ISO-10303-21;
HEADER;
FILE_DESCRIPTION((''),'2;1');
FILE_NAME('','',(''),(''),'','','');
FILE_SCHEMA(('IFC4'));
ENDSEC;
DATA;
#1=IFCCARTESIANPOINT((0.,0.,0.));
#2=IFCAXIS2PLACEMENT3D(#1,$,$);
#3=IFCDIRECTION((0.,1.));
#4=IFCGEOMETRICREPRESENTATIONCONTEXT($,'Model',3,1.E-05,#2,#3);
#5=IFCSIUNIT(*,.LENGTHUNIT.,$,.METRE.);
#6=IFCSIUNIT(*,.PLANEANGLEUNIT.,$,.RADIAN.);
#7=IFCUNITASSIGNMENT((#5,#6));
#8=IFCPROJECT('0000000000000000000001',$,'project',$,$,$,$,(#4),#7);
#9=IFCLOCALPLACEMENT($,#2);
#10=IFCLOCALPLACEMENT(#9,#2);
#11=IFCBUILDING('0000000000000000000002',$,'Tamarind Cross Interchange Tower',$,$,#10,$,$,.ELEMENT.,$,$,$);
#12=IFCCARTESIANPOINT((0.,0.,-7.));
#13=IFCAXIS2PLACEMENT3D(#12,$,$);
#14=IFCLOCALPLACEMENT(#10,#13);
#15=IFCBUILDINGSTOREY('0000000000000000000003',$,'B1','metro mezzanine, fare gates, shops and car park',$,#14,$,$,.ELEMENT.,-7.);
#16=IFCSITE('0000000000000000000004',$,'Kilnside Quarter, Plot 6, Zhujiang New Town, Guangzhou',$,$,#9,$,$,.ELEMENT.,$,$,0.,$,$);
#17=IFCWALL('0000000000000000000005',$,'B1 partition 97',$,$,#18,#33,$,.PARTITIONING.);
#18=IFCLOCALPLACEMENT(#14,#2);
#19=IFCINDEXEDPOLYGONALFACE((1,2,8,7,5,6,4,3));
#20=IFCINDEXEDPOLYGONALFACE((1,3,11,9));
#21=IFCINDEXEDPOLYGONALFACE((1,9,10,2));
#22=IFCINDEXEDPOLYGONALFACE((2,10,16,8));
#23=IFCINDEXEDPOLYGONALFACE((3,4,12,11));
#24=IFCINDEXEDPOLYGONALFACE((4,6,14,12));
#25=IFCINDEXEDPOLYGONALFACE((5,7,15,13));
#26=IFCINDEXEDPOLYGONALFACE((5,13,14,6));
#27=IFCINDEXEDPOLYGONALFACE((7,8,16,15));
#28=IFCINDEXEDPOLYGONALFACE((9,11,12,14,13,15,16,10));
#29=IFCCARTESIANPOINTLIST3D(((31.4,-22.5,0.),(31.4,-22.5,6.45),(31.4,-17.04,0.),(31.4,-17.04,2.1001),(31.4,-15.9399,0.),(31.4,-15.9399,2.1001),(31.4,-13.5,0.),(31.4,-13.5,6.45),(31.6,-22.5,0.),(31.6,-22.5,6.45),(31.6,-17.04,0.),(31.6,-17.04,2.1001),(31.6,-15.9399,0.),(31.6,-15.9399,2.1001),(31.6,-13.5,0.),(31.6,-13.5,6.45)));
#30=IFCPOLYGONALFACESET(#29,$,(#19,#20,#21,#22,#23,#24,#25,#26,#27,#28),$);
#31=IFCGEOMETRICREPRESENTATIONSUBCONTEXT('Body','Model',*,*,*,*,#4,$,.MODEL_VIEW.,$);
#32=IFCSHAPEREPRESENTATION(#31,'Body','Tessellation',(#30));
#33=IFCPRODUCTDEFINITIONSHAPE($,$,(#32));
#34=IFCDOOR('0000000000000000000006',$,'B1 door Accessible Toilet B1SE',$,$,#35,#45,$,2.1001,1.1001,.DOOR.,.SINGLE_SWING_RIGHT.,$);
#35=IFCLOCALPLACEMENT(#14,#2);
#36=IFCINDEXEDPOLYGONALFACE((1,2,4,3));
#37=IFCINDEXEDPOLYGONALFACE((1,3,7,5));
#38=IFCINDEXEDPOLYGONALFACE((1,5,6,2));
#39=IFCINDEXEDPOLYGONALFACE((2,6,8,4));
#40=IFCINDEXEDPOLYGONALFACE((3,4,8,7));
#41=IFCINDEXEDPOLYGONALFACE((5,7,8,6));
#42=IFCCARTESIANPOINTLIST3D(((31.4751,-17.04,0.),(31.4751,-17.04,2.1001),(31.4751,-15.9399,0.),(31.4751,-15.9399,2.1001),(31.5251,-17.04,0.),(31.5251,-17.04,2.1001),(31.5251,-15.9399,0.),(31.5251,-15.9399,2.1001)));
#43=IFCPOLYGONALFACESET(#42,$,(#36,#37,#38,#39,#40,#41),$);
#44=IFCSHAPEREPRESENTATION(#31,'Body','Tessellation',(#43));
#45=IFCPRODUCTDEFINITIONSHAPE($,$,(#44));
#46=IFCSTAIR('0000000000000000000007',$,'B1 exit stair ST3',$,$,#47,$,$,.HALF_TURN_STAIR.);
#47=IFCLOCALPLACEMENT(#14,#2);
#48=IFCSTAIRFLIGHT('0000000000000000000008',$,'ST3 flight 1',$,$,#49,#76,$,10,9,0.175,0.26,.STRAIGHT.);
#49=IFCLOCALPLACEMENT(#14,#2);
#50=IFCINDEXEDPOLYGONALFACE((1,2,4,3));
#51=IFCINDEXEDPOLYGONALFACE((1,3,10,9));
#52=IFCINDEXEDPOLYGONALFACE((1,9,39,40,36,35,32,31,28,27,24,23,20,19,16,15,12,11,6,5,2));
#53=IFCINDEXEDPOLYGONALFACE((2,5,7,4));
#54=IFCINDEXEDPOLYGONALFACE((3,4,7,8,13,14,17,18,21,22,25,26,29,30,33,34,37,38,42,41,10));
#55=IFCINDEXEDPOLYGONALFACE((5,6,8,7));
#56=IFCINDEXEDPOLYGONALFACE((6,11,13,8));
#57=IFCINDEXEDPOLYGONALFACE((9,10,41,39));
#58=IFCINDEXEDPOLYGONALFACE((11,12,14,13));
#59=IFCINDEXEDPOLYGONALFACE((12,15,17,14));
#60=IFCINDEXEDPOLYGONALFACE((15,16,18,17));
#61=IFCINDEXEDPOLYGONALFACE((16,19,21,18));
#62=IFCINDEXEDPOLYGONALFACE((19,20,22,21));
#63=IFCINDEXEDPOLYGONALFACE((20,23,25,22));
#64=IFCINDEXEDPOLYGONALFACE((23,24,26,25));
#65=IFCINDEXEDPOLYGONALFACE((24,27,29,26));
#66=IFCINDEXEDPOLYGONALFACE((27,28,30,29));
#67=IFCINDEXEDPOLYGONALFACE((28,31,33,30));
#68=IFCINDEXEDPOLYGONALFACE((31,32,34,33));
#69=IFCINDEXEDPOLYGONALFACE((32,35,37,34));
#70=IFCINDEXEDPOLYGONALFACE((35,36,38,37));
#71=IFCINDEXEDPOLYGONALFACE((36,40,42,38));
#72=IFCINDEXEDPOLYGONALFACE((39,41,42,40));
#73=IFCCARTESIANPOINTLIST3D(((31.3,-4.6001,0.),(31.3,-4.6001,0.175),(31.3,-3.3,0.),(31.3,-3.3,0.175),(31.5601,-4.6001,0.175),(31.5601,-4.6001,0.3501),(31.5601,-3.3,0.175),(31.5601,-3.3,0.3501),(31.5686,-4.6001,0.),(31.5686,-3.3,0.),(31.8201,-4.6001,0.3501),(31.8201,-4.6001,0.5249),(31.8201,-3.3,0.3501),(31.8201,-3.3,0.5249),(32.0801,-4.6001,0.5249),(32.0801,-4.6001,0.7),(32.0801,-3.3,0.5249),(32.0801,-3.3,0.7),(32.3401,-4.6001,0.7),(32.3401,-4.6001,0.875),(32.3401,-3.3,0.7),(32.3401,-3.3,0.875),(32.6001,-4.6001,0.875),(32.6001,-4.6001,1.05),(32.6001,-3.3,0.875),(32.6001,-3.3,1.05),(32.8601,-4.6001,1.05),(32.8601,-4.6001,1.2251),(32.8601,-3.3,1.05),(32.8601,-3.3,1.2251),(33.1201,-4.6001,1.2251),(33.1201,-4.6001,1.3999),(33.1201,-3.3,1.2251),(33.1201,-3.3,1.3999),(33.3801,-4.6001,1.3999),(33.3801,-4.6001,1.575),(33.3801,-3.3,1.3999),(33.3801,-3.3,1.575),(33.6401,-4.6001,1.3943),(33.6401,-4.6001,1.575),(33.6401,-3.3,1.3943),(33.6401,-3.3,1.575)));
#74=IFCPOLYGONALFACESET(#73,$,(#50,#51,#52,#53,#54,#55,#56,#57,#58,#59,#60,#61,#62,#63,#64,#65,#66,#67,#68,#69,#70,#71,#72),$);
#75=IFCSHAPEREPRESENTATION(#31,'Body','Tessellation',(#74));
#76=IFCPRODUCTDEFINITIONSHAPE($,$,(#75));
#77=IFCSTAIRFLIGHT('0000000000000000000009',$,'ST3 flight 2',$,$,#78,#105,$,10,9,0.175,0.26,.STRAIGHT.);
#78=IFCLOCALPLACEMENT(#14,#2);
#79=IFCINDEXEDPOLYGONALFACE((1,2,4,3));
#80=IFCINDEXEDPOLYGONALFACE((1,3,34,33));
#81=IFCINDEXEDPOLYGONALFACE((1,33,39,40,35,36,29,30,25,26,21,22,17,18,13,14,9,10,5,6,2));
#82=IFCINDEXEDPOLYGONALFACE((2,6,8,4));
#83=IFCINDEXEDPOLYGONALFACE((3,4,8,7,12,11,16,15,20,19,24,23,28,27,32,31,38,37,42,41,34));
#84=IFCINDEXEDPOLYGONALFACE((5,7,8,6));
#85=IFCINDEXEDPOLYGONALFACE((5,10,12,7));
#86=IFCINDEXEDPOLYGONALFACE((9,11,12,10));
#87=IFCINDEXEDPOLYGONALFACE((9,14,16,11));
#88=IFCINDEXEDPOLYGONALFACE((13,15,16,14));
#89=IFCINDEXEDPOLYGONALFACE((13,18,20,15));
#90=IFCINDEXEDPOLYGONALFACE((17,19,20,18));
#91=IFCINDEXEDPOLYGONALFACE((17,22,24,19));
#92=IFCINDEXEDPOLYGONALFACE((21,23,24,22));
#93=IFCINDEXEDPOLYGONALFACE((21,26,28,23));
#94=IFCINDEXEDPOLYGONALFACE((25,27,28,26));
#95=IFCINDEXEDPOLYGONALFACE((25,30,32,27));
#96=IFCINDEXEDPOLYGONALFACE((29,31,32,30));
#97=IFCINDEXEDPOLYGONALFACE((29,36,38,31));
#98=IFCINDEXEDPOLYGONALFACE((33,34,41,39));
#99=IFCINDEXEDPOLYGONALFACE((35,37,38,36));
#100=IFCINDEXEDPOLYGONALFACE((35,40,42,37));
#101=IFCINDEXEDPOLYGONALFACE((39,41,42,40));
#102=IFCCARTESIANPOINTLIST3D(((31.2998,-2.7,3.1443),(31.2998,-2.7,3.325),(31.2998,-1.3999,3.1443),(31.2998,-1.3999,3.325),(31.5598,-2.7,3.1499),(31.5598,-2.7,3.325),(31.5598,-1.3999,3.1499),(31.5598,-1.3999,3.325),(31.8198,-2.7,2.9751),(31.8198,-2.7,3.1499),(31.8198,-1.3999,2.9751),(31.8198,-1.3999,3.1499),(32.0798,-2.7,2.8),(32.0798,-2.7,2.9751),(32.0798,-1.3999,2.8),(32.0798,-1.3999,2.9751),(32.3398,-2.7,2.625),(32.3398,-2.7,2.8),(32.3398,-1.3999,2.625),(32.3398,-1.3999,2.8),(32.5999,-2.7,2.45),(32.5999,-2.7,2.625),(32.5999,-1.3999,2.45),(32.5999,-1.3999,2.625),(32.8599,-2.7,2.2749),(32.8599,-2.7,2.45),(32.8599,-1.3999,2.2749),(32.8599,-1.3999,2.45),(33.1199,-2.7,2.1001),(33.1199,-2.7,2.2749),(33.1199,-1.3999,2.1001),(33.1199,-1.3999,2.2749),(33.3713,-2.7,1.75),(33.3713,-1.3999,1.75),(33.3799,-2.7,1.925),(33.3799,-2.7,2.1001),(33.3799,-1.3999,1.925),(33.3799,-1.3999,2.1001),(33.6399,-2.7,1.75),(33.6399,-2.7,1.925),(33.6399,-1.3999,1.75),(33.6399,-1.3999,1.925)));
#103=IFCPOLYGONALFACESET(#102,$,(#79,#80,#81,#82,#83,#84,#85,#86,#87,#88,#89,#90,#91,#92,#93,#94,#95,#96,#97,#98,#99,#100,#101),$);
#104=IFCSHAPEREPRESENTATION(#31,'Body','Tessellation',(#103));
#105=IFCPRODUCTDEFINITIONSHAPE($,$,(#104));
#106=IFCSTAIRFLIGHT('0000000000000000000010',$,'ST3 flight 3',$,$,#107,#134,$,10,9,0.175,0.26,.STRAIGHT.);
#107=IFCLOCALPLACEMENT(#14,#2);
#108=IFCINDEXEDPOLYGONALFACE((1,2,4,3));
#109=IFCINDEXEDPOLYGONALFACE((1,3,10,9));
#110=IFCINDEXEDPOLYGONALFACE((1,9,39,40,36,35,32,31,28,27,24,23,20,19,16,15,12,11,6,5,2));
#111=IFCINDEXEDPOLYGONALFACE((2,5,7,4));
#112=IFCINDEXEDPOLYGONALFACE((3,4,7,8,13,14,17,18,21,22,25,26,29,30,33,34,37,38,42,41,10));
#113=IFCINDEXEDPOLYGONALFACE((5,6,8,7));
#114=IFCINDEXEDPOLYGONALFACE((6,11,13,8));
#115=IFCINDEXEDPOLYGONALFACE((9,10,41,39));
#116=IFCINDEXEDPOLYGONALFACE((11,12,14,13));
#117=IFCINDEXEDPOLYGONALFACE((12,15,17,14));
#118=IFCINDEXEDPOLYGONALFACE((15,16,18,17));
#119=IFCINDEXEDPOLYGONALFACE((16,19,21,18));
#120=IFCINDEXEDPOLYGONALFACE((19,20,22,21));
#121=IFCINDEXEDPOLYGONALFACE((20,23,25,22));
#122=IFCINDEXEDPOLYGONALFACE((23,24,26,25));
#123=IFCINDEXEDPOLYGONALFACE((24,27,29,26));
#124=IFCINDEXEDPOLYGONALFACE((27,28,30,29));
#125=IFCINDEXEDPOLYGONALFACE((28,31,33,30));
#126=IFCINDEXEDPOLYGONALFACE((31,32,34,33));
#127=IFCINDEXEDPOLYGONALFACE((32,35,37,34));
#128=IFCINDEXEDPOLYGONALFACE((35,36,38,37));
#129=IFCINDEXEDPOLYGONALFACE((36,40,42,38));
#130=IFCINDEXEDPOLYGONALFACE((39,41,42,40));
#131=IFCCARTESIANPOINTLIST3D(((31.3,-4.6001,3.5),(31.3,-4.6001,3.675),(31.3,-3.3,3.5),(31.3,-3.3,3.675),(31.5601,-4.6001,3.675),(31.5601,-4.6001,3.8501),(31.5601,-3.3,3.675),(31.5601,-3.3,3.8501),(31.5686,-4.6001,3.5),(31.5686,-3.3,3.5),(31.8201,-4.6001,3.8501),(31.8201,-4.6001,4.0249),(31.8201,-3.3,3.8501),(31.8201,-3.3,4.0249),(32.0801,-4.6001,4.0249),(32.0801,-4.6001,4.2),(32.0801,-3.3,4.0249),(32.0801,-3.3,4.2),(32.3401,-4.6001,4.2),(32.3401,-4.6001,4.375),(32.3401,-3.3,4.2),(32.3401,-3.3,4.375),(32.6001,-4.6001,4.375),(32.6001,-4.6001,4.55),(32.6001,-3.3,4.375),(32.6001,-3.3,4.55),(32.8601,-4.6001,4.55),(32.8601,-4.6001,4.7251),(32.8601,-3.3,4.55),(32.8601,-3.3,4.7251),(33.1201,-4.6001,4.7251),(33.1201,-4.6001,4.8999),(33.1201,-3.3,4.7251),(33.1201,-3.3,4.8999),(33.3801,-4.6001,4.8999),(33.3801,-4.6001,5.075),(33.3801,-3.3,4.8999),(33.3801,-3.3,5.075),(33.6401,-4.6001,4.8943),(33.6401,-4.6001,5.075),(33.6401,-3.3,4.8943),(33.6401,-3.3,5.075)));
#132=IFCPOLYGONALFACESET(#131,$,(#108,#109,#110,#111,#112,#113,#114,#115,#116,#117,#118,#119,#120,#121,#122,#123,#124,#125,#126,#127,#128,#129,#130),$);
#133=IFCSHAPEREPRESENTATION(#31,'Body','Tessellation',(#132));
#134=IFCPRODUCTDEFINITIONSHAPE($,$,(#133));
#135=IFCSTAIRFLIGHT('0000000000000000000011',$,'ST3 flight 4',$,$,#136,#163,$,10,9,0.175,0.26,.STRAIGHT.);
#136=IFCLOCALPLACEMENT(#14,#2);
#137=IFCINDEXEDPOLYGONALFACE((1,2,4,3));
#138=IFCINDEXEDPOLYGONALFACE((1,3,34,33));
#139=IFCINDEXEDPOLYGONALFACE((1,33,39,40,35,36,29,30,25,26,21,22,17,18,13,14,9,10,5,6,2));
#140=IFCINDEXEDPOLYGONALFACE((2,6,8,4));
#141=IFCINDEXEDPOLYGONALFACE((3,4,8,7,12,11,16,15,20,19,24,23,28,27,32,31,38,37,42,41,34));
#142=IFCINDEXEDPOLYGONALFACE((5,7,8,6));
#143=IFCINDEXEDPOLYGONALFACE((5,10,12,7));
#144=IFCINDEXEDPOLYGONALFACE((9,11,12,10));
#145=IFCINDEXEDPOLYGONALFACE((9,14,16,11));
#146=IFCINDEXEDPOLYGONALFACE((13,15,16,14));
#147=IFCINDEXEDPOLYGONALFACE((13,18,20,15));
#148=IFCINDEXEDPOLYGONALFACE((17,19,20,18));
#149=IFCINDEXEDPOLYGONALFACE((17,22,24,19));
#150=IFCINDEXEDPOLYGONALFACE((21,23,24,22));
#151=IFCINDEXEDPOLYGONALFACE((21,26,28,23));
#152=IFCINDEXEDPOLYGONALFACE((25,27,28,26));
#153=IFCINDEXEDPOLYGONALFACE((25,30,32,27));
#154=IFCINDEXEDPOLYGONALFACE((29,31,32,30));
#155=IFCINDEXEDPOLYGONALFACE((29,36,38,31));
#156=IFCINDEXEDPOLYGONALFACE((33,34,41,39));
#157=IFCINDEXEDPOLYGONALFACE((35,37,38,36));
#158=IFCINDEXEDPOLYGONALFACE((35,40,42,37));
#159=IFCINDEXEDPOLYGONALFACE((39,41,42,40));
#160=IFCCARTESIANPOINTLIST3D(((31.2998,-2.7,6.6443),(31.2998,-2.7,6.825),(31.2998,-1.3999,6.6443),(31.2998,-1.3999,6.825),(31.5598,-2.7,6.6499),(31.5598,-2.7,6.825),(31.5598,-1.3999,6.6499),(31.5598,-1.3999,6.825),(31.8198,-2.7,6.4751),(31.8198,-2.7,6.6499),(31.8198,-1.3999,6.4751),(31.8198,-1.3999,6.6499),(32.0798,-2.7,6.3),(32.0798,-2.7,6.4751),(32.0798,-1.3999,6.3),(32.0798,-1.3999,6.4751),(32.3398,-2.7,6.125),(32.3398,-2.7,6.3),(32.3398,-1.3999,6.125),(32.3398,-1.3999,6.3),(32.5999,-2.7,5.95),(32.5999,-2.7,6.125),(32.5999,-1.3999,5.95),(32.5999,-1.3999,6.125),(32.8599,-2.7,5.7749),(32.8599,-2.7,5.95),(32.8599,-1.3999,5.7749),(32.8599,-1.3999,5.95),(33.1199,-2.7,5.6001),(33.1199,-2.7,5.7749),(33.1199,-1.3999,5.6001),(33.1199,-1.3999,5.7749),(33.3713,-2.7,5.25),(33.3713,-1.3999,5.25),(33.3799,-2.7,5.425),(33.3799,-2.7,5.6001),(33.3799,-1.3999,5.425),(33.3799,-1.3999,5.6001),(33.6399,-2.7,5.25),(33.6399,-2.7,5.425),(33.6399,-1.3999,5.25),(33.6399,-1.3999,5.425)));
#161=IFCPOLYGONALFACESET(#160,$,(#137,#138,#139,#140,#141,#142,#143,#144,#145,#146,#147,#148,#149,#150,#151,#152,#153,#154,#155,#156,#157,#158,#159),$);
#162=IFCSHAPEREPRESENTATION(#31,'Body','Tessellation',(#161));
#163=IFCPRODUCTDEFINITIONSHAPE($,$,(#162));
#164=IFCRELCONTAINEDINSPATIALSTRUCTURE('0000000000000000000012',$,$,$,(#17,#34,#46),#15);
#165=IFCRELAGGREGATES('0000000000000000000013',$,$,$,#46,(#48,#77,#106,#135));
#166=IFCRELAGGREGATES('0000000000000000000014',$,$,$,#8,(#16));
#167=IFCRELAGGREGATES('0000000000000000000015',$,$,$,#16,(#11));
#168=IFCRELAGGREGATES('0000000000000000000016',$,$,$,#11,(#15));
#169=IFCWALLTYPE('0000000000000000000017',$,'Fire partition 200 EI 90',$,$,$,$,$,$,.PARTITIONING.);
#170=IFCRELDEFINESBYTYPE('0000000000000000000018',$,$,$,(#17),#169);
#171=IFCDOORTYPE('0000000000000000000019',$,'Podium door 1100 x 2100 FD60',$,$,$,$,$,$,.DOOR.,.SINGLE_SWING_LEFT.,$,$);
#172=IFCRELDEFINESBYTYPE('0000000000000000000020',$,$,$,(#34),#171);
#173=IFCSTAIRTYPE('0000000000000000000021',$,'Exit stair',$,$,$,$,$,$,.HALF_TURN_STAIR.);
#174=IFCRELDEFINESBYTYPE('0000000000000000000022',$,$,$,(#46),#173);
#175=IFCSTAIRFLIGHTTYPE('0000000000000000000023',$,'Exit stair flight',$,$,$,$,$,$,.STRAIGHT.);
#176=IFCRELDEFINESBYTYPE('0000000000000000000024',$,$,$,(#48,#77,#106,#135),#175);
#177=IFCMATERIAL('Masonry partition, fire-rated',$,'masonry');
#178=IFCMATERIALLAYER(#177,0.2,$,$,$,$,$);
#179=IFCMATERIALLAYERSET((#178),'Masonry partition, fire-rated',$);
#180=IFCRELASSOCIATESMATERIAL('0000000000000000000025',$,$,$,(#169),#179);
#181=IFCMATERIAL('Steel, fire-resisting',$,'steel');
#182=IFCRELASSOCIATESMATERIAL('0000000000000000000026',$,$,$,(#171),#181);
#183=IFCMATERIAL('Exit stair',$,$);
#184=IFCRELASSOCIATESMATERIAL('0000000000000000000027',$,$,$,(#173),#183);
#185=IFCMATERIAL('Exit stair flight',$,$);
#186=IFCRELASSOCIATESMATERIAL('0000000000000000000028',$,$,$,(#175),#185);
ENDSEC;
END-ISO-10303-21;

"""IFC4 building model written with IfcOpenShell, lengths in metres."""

from ifc_helpers import new_model, si_unit, direction, frame, frame_2d, origin, place, context, subcontext, project, spatial, polyline, rectangle, outline, extrude, material, layer, layer_set, type_object, element, fill, aggregate, save


model = new_model("IFC4")

# Units and contexts
model_context = context("Model", 3, precision=1e-05, world=origin(), true_north=direction((0.0, 1.0)))
body_context = subcontext(model_context, "Body", "Model", "MODEL_VIEW")
ifc_project = project(units=[si_unit("LENGTHUNIT", "METRE"), si_unit("PLANEANGLEUNIT", "RADIAN")], contexts=[model_context])

# Site, building, storey
site_placement = place(None, origin())
site = spatial("IfcSite", under=ifc_project, at=site_placement, Name="Kilnside Quarter, Plot 6, Zhujiang New Town, Guangzhou", CompositionType="ELEMENT", RefElevation=0.0)
building_placement = place(site_placement, origin())
building = spatial("IfcBuilding", under=site, at=building_placement, Name="Tamarind Cross Interchange Tower", CompositionType="ELEMENT")
storey_placement = place(building_placement, frame((0.0, 0.0, -7.0)))
storey = spatial("IfcBuildingStorey", under=building, at=storey_placement, Name="B1", Description="metro mezzanine, fare gates, shops and car park", CompositionType="ELEMENT", Elevation=-7.0)

# Wall, opening, door
ifc_material_1 = material(Name="Masonry partition, fire-rated", Category="masonry")
ifc_layer = layer(ifc_material_1, 0.2)
ifc_layer_set = layer_set([ifc_layer], Name="Masonry partition, fire-rated")
wall_type = type_object("IfcWallType", Name="Fire partition 200 EI 90", PredefinedType="PARTITIONING", material=ifc_layer_set)
wall_placement = place(storey_placement, frame((31.5, -22.5, 0.0), z_axis=(0.0, 0.0, 1.0), x_axis=(0.0, 1.0, 0.0)))
wall = element("IfcWall", 1, at=wall_placement, inside=storey, type_object=wall_type, Name="B1 partition 97", PredefinedType="PARTITIONING", context=body_context, shape_type="SweptSolid", body=[
    extrude(rectangle(XDim=9.0, YDim=0.2, at=frame_2d((4.5, 0.0))), origin(), (0.0, 0.0, 1.0), 6.45),
])
opening_placement = place(wall_placement, frame((5.46, 0.0, 0.0)))
opening = element("IfcOpeningElement", 2, at=opening_placement, cuts=wall, PredefinedType="OPENING", context=body_context, shape_type="SweptSolid", body=[
    extrude(rectangle(XDim=1.1001, YDim=2.1001, at=frame_2d((0.55, 1.05))), frame((0.0, 0.1099, 0.0), z_axis=(0.0, -1.0, 0.0), x_axis=(1.0, 0.0, 0.0)), (0.0, 0.0, 1.0), 0.22),
])
ifc_material_2 = material(Name="Steel, fire-resisting", Category="steel")
door_type = type_object("IfcDoorType", Name="Podium door 1100 x 2100 FD60", OperationType="SINGLE_SWING_LEFT", PredefinedType="DOOR", material=ifc_material_2)
door_placement = place(opening_placement, origin())
door = element("IfcDoor", 3, at=door_placement, inside=storey, type_object=door_type, Name="B1 door Accessible Toilet B1SE", OperationType="SINGLE_SWING_RIGHT", OverallHeight=2.1001, OverallWidth=1.1001, PredefinedType="DOOR", context=body_context, shape_type="SweptSolid", body=[
    extrude(rectangle(XDim=1.1001, YDim=2.1001, at=frame_2d((0.55, 1.05))), frame((0.0, 0.0249, 0.0), z_axis=(0.0, -1.0, 0.0), x_axis=(1.0, 0.0, 0.0)), (0.0, 0.0, 1.0), 0.05),
])
fill(opening, door)

# Stair, stair flights
ifc_material_3 = material(Name="Exit stair")
stair_type_1 = type_object("IfcStairType", Name="Exit stair", PredefinedType="HALF_TURN_STAIR", material=ifc_material_3)
stair_1_placement = place(storey_placement, origin())
stair_1 = element("IfcStair", 4, at=stair_1_placement, inside=storey, type_object=stair_type_1, Name="B1 exit stair ST3", PredefinedType="HALF_TURN_STAIR")
ifc_material_4 = material(Name="Exit stair flight")
stair_flight_type_1 = type_object("IfcStairFlightType", Name="Exit stair flight", PredefinedType="STRAIGHT", material=ifc_material_4)
stair_flight_1_placement = place(storey_placement, frame((31.3, -3.95, 0.0), z_axis=(0.0, 0.0, 1.0), x_axis=(1.0, 0.0, 0.0)))
stair_flight_1 = element("IfcStairFlight", 5, at=stair_flight_1_placement, type_object=stair_flight_type_1, Name="ST3 flight 1", NumberOfRisers=10, NumberOfTreads=9, PredefinedType="STRAIGHT", RiserHeight=0.175, TreadLength=0.26, context=body_context, shape_type="SweptSolid", body=[
    extrude(outline(polyline([(0.0, 0.0), (0.0, 0.175), (0.26, 0.175), (0.26, 0.3501), (0.52, 0.3501), (0.52, 0.5249), (0.78, 0.5249), (0.78, 0.7), (1.04, 0.7), (1.04, 0.875), (1.3, 0.875), (1.3, 1.05), (1.5601, 1.05), (1.5601, 1.2251), (1.8201, 1.2251), (1.8201, 1.3999), (2.0801, 1.3999), (2.0801, 1.575), (2.3401, 1.575), (2.3401, 1.75), (2.3401, 1.3943), (0.2686, 0.0), (0.0, 0.0)])), frame((0.0, 0.6499, 0.0), z_axis=(0.0, -1.0, 0.0), x_axis=(1.0, 0.0, 0.0)), (0.0, 0.0, 1.0), 1.3),
])
stair_flight_2_placement = place(storey_placement, frame((33.6399, -2.05, 1.75), z_axis=(0.0, 0.0, 1.0), x_axis=(-1.0, 0.0, 0.0)))
stair_flight_2 = element("IfcStairFlight", 6, at=stair_flight_2_placement, type_object=stair_flight_type_1, Name="ST3 flight 2", NumberOfRisers=10, NumberOfTreads=9, PredefinedType="STRAIGHT", RiserHeight=0.175, TreadLength=0.26, context=body_context, shape_type="SweptSolid", body=[
    extrude(outline(polyline([(0.0, 0.0), (0.0, 0.175), (0.26, 0.175), (0.26, 0.3501), (0.52, 0.3501), (0.52, 0.5249), (0.78, 0.5249), (0.78, 0.7), (1.04, 0.7), (1.04, 0.875), (1.3, 0.875), (1.3, 1.05), (1.5601, 1.05), (1.5601, 1.2251), (1.8201, 1.2251), (1.8201, 1.3999), (2.0801, 1.3999), (2.0801, 1.575), (2.3401, 1.575), (2.3401, 1.75), (2.3401, 1.3943), (0.2686, 0.0), (0.0, 0.0)])), frame((0.0, 0.6499, 0.0), z_axis=(0.0, -1.0, 0.0), x_axis=(1.0, 0.0, 0.0)), (0.0, 0.0, 1.0), 1.3),
])
stair_flight_3_placement = place(storey_placement, frame((31.3, -3.95, 3.5), z_axis=(0.0, 0.0, 1.0), x_axis=(1.0, 0.0, 0.0)))
stair_flight_3 = element("IfcStairFlight", 7, at=stair_flight_3_placement, type_object=stair_flight_type_1, Name="ST3 flight 3", NumberOfRisers=10, NumberOfTreads=9, PredefinedType="STRAIGHT", RiserHeight=0.175, TreadLength=0.26, context=body_context, shape_type="SweptSolid", body=[
    extrude(outline(polyline([(0.0, 0.0), (0.0, 0.175), (0.26, 0.175), (0.26, 0.3501), (0.52, 0.3501), (0.52, 0.5249), (0.78, 0.5249), (0.78, 0.7), (1.04, 0.7), (1.04, 0.875), (1.3, 0.875), (1.3, 1.05), (1.5601, 1.05), (1.5601, 1.2251), (1.8201, 1.2251), (1.8201, 1.3999), (2.0801, 1.3999), (2.0801, 1.575), (2.3401, 1.575), (2.3401, 1.75), (2.3401, 1.3943), (0.2686, 0.0), (0.0, 0.0)])), frame((0.0, 0.6499, 0.0), z_axis=(0.0, -1.0, 0.0), x_axis=(1.0, 0.0, 0.0)), (0.0, 0.0, 1.0), 1.3),
])
stair_flight_4_placement = place(storey_placement, frame((33.6399, -2.05, 5.25), z_axis=(0.0, 0.0, 1.0), x_axis=(-1.0, 0.0, 0.0)))
stair_flight_4 = element("IfcStairFlight", 8, at=stair_flight_4_placement, type_object=stair_flight_type_1, Name="ST3 flight 4", NumberOfRisers=10, NumberOfTreads=9, PredefinedType="STRAIGHT", RiserHeight=0.175, TreadLength=0.26, context=body_context, shape_type="SweptSolid", body=[
    extrude(outline(polyline([(0.0, 0.0), (0.0, 0.175), (0.26, 0.175), (0.26, 0.3501), (0.52, 0.3501), (0.52, 0.5249), (0.78, 0.5249), (0.78, 0.7), (1.04, 0.7), (1.04, 0.875), (1.3, 0.875), (1.3, 1.05), (1.5601, 1.05), (1.5601, 1.2251), (1.8201, 1.2251), (1.8201, 1.3999), (2.0801, 1.3999), (2.0801, 1.575), (2.3401, 1.575), (2.3401, 1.75), (2.3401, 1.3943), (0.2686, 0.0), (0.0, 0.0)])), frame((0.0, 0.6499, 0.0), z_axis=(0.0, -1.0, 0.0), x_axis=(1.0, 0.0, 0.0)), (0.0, 0.0, 1.0), 1.3),
])
aggregate(stair_1, [stair_flight_1, stair_flight_2, stair_flight_3, stair_flight_4])

save(model, "model.ifc")
